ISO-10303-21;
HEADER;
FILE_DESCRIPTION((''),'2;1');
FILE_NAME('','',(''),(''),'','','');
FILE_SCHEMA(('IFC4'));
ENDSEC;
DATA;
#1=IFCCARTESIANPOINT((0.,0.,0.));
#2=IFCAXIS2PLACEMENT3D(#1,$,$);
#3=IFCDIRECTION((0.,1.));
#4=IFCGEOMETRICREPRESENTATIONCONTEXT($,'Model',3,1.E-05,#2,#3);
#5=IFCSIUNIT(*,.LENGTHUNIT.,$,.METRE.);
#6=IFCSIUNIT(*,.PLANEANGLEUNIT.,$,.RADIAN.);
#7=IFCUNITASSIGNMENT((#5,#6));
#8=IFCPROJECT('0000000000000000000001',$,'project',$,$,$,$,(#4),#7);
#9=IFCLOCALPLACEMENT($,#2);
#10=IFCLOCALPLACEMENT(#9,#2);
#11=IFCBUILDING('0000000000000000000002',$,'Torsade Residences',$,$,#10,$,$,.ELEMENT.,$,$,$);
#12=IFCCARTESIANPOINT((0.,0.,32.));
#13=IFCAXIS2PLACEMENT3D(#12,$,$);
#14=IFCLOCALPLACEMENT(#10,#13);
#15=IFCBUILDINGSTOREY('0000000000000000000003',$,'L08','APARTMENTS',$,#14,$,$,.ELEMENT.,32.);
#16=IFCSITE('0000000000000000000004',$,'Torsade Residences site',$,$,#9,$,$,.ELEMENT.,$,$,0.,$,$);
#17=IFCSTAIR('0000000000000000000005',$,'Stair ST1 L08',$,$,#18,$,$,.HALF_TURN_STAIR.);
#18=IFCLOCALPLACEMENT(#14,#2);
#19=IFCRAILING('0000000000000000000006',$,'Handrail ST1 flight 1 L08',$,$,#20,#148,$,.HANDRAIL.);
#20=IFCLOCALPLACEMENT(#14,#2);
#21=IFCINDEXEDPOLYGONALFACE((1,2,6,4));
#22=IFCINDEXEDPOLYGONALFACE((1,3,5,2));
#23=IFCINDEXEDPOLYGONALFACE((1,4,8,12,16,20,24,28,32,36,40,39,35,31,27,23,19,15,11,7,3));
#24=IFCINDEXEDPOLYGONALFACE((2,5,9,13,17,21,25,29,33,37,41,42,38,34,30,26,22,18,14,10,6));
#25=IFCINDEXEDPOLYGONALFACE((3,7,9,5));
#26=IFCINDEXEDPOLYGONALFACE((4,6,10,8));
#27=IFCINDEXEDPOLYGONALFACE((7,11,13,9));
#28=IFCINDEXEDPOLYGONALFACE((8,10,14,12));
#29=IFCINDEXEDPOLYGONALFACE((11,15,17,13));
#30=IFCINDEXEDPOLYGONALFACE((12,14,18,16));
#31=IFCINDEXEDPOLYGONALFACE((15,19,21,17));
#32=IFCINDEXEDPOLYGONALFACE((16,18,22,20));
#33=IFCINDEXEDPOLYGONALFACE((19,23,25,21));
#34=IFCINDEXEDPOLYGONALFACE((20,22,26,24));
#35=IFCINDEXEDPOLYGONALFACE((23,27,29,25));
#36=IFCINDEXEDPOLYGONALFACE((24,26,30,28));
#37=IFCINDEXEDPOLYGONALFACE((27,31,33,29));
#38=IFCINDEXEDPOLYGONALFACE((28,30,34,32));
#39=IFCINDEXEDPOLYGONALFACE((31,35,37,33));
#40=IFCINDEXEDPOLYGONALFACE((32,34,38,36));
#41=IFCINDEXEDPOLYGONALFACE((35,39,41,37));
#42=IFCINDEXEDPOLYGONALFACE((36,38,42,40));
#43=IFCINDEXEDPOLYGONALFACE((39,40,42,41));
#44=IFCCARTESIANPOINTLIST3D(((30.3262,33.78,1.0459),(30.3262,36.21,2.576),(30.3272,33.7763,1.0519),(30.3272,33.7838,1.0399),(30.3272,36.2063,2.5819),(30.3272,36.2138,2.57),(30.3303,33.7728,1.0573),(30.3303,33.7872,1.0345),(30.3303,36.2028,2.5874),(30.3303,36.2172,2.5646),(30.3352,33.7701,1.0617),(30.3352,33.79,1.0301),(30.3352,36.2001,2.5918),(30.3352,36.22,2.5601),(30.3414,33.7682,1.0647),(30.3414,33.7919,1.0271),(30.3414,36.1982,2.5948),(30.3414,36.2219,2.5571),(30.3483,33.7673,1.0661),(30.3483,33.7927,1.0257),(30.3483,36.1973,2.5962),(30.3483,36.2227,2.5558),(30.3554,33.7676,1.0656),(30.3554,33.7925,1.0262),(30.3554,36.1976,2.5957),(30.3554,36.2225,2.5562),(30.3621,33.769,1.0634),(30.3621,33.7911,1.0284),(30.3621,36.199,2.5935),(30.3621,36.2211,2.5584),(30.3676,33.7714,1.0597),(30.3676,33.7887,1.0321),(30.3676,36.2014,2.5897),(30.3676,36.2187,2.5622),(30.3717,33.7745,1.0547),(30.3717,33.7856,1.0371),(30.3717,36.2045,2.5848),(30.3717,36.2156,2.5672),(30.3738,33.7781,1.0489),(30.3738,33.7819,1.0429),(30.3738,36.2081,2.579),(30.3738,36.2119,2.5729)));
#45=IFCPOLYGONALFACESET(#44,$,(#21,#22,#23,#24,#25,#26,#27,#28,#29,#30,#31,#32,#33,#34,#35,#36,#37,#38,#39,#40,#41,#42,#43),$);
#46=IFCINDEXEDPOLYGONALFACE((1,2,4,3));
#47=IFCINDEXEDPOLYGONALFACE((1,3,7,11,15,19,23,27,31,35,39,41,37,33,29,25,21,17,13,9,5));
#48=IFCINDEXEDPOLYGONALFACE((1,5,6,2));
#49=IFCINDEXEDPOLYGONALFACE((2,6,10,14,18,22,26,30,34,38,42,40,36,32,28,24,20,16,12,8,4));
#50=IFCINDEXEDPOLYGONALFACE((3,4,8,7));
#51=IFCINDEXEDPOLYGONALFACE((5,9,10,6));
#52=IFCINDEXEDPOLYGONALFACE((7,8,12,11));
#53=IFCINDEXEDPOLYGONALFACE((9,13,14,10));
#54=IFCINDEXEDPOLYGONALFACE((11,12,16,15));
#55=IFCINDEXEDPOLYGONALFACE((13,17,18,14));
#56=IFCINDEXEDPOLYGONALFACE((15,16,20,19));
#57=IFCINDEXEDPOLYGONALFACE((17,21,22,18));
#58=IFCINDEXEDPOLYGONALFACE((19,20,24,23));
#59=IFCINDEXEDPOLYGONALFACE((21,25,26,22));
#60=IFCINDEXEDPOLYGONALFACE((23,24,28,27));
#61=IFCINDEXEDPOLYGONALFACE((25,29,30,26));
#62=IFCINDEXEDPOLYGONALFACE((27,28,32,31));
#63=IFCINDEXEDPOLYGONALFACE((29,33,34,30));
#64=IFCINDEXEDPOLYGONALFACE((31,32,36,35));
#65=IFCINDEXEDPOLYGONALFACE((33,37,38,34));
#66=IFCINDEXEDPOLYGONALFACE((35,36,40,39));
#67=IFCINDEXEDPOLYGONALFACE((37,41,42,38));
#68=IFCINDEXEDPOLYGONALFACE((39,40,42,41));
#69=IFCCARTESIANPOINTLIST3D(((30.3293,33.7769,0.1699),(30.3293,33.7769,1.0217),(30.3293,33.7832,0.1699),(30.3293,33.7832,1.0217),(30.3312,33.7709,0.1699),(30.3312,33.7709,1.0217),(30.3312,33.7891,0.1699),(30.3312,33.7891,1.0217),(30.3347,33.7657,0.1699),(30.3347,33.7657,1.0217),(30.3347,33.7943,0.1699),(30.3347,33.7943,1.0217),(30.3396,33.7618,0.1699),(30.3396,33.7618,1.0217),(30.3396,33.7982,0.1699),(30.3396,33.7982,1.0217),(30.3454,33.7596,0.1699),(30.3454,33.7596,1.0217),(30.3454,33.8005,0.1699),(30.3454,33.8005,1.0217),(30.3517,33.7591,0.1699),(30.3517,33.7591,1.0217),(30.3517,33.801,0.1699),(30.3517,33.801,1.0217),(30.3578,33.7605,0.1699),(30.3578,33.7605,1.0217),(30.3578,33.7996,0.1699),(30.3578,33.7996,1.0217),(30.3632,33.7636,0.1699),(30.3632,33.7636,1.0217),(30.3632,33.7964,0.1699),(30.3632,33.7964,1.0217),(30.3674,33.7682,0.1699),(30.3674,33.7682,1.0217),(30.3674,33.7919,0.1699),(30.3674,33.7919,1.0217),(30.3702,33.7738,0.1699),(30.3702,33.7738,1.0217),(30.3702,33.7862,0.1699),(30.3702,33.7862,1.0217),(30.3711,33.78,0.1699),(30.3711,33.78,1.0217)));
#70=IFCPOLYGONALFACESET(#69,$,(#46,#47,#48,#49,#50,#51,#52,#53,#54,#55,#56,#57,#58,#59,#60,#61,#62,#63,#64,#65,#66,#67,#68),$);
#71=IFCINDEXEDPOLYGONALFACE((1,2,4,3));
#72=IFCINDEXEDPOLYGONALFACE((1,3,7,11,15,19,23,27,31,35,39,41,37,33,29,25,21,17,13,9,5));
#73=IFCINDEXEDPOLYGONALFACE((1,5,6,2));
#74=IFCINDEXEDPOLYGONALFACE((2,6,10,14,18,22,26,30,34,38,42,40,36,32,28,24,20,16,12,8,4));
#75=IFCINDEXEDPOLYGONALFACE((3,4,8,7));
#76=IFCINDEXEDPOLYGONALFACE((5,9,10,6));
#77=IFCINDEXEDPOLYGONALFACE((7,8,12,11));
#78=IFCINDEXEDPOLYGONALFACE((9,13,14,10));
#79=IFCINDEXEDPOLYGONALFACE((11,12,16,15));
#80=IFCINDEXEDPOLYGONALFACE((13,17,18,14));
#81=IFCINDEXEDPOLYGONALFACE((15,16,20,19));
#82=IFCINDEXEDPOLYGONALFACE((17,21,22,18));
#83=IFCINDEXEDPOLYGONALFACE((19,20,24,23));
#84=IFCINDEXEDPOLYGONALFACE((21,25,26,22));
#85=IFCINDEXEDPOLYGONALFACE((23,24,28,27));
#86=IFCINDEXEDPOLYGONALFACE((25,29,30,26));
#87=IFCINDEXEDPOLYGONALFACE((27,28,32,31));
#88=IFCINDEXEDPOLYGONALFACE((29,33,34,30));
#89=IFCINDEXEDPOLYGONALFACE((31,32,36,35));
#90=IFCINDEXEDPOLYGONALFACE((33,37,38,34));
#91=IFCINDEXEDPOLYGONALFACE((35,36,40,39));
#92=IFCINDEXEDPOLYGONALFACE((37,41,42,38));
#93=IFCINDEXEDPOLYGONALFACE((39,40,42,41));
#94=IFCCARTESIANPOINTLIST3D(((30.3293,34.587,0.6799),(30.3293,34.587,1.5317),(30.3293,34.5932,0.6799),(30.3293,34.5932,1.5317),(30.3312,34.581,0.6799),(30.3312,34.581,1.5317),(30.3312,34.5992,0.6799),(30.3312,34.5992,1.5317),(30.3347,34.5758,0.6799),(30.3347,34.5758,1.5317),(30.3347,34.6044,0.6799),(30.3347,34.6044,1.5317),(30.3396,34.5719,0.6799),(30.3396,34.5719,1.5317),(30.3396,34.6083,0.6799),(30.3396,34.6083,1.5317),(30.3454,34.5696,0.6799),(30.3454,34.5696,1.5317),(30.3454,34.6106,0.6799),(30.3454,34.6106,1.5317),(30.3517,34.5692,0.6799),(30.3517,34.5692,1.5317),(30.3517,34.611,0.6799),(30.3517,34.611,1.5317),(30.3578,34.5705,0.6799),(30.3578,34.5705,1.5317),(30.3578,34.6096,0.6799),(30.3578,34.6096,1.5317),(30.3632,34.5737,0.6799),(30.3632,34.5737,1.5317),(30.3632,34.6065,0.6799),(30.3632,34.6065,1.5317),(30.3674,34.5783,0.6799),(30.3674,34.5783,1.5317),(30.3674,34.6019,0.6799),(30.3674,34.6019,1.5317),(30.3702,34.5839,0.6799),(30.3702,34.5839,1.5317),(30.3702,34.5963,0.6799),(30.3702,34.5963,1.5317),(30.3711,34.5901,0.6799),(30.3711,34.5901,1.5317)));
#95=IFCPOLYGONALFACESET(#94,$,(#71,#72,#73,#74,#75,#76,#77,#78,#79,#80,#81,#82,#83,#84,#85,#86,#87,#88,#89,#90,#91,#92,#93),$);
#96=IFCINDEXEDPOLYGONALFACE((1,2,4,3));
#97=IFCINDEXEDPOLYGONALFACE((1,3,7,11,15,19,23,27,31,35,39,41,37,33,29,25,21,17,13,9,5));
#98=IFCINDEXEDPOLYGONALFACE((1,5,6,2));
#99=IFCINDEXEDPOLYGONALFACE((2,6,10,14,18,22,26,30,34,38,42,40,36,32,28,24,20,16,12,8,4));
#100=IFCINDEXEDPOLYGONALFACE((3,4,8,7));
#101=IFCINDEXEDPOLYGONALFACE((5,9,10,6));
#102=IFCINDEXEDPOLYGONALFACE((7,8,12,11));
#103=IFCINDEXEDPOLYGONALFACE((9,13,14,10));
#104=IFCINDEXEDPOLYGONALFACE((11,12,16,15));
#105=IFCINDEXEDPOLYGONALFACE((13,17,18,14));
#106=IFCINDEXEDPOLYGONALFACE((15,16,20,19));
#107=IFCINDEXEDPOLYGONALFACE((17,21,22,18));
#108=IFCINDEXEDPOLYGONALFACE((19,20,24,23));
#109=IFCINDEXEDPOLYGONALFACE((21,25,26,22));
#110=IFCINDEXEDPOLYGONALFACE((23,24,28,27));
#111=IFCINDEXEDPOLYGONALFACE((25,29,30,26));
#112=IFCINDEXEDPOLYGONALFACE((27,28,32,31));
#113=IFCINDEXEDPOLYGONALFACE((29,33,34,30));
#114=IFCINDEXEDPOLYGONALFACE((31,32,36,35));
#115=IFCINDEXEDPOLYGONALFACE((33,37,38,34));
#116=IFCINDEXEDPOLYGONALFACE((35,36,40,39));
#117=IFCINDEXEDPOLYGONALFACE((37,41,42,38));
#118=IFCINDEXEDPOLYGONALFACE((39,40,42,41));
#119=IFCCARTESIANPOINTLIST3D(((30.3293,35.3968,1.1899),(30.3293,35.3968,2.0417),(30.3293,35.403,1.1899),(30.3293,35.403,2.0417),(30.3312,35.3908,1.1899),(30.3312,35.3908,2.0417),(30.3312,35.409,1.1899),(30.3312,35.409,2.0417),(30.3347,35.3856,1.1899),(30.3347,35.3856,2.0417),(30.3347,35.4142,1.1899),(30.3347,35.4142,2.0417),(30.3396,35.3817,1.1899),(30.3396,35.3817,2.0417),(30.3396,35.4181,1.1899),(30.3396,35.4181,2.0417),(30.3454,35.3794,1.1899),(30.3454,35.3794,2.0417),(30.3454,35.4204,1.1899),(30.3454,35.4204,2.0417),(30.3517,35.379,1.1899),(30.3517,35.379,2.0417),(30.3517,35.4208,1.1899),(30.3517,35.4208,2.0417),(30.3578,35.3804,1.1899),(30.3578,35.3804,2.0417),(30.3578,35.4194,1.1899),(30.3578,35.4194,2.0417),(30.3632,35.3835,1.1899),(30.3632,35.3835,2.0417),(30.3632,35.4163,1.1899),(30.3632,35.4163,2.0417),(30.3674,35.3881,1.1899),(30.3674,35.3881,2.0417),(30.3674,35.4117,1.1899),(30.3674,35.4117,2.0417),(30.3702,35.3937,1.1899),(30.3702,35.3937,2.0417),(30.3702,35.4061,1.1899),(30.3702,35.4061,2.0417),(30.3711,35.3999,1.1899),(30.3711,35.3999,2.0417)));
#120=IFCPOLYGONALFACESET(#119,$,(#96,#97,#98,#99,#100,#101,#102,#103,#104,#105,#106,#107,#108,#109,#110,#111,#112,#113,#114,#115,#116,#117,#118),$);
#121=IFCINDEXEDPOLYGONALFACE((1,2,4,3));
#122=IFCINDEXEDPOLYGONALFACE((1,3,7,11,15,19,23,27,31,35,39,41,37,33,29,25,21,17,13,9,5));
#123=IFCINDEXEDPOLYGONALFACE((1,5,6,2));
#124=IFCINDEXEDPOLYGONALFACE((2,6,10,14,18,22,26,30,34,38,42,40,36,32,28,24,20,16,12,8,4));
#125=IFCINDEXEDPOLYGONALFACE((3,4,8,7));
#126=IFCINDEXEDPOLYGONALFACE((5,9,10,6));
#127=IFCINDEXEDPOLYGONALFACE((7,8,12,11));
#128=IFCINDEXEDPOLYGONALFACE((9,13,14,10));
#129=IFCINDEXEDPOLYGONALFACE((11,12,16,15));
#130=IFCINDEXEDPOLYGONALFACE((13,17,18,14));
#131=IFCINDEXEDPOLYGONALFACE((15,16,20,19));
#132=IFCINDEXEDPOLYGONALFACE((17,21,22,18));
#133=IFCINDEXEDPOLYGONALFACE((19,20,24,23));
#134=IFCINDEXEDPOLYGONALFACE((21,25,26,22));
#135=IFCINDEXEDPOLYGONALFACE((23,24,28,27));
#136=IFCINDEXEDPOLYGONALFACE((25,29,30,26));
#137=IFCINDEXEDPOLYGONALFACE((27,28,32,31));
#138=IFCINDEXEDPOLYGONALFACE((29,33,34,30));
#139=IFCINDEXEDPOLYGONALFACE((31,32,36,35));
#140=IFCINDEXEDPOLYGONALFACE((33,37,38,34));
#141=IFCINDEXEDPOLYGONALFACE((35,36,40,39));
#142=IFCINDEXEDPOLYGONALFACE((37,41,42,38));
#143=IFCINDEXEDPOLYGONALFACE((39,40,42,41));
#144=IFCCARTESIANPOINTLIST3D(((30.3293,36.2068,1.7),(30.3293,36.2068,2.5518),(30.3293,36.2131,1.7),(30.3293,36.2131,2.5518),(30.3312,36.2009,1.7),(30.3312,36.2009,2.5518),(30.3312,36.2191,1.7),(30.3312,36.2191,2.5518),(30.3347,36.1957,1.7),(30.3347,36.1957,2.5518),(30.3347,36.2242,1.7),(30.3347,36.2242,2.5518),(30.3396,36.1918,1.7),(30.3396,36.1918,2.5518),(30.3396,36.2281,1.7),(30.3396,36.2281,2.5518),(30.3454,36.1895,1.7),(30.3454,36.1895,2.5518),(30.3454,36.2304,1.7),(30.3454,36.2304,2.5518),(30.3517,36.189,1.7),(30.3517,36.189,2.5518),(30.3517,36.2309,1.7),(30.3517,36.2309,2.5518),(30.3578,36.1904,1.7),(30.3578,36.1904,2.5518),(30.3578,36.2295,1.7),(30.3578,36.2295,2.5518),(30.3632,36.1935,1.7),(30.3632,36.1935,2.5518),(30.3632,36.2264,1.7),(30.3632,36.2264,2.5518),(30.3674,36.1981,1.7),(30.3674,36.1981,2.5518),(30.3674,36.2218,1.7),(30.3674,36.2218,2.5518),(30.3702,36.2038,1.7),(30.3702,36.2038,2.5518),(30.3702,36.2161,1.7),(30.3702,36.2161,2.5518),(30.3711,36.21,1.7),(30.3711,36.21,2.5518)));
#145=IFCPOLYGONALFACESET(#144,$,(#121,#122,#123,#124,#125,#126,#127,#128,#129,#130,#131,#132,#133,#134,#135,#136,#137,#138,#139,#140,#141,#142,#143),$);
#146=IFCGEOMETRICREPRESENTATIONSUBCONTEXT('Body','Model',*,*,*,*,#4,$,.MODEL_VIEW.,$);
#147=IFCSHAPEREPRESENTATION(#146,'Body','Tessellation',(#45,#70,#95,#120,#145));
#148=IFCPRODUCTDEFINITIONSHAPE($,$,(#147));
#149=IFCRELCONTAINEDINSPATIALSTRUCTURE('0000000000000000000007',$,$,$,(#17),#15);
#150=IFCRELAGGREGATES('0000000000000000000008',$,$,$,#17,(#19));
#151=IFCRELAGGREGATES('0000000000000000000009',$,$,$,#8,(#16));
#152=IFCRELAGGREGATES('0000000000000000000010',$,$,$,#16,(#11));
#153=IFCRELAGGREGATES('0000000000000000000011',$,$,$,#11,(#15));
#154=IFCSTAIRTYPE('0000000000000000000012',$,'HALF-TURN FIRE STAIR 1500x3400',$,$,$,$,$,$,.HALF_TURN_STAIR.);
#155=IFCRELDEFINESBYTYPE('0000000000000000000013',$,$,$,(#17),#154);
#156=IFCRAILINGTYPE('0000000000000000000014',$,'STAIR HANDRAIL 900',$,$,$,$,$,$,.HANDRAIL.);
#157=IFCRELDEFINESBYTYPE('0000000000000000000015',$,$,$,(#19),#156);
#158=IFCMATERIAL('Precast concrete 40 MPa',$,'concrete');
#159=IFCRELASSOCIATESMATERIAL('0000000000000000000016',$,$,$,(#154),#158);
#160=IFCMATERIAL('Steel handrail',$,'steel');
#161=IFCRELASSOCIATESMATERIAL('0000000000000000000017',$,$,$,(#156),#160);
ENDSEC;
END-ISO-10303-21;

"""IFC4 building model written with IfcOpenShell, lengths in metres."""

from ifc_helpers import new_model, si_unit, direction, frame, origin, origin_2d, place, context, subcontext, project, spatial, circle, extrude, material, type_object, element, aggregate, save


model = new_model("IFC4")

# Units and contexts
model_context = context("Model", 3, precision=1e-05, world=origin(), true_north=direction((0.0, 1.0)))
body_context = subcontext(model_context, "Body", "Model", "MODEL_VIEW")
ifc_project = project(units=[si_unit("LENGTHUNIT", "METRE"), si_unit("PLANEANGLEUNIT", "RADIAN")], contexts=[model_context])

# Site, building, storey
site_placement = place(None, origin())
site = spatial("IfcSite", under=ifc_project, at=site_placement, Name="Torsade Residences site", CompositionType="ELEMENT", RefElevation=0.0)
building_placement = place(site_placement, origin())
building = spatial("IfcBuilding", under=site, at=building_placement, Name="Torsade Residences", CompositionType="ELEMENT")
storey_placement = place(building_placement, frame((0.0, 0.0, 32.0)))
storey = spatial("IfcBuildingStorey", under=building, at=storey_placement, Name="L08", Description="APARTMENTS", CompositionType="ELEMENT", Elevation=32.0)

# Stair, railing
ifc_material_1 = material(Name="Precast concrete 40 MPa", Category="concrete")
stair_type = type_object("IfcStairType", Name="HALF-TURN FIRE STAIR 1500x3400", PredefinedType="HALF_TURN_STAIR", material=ifc_material_1)
stair_placement = place(storey_placement, origin())
stair = element("IfcStair", 1, at=stair_placement, inside=storey, type_object=stair_type, Name="Stair ST1 L08", PredefinedType="HALF_TURN_STAIR")
ifc_material_2 = material(Name="Steel handrail", Category="steel")
railing_type = type_object("IfcRailingType", Name="STAIR HANDRAIL 900", PredefinedType="HANDRAIL", material=ifc_material_2)
railing_1_placement = place(storey_placement, frame((30.3501, 33.78, 0.1699)))
railing_1 = element("IfcRailing", 2, at=railing_1_placement, type_object=railing_type, Name="Handrail ST1 flight 1 L08", PredefinedType="HANDRAIL", context=body_context, shape_type="SweptSolid", body=[
    extrude(circle(Radius=0.0239, at=origin_2d()), frame((0.0, 0.0, 0.876), z_axis=(0.0, 0.846221, 0.532831), x_axis=(-1.0, 0.0, 0.0)), (0.0, 0.0, 1.0), 2.8716),
    extrude(circle(Radius=0.021, at=origin_2d()), origin(), (0.0, 0.0, 1.0), 0.8518),
    extrude(circle(Radius=0.021, at=origin_2d()), frame((0.0, 0.8101, 0.51)), (0.0, 0.0, 1.0), 0.8518),
    extrude(circle(Radius=0.021, at=origin_2d()), frame((0.0, 1.6199, 1.02)), (0.0, 0.0, 1.0), 0.8518),
    extrude(circle(Radius=0.021, at=origin_2d()), frame((0.0, 2.4299, 1.53)), (0.0, 0.0, 1.0), 0.8518),
])
aggregate(stair, [railing_1])

save(model, "model.ifc")
